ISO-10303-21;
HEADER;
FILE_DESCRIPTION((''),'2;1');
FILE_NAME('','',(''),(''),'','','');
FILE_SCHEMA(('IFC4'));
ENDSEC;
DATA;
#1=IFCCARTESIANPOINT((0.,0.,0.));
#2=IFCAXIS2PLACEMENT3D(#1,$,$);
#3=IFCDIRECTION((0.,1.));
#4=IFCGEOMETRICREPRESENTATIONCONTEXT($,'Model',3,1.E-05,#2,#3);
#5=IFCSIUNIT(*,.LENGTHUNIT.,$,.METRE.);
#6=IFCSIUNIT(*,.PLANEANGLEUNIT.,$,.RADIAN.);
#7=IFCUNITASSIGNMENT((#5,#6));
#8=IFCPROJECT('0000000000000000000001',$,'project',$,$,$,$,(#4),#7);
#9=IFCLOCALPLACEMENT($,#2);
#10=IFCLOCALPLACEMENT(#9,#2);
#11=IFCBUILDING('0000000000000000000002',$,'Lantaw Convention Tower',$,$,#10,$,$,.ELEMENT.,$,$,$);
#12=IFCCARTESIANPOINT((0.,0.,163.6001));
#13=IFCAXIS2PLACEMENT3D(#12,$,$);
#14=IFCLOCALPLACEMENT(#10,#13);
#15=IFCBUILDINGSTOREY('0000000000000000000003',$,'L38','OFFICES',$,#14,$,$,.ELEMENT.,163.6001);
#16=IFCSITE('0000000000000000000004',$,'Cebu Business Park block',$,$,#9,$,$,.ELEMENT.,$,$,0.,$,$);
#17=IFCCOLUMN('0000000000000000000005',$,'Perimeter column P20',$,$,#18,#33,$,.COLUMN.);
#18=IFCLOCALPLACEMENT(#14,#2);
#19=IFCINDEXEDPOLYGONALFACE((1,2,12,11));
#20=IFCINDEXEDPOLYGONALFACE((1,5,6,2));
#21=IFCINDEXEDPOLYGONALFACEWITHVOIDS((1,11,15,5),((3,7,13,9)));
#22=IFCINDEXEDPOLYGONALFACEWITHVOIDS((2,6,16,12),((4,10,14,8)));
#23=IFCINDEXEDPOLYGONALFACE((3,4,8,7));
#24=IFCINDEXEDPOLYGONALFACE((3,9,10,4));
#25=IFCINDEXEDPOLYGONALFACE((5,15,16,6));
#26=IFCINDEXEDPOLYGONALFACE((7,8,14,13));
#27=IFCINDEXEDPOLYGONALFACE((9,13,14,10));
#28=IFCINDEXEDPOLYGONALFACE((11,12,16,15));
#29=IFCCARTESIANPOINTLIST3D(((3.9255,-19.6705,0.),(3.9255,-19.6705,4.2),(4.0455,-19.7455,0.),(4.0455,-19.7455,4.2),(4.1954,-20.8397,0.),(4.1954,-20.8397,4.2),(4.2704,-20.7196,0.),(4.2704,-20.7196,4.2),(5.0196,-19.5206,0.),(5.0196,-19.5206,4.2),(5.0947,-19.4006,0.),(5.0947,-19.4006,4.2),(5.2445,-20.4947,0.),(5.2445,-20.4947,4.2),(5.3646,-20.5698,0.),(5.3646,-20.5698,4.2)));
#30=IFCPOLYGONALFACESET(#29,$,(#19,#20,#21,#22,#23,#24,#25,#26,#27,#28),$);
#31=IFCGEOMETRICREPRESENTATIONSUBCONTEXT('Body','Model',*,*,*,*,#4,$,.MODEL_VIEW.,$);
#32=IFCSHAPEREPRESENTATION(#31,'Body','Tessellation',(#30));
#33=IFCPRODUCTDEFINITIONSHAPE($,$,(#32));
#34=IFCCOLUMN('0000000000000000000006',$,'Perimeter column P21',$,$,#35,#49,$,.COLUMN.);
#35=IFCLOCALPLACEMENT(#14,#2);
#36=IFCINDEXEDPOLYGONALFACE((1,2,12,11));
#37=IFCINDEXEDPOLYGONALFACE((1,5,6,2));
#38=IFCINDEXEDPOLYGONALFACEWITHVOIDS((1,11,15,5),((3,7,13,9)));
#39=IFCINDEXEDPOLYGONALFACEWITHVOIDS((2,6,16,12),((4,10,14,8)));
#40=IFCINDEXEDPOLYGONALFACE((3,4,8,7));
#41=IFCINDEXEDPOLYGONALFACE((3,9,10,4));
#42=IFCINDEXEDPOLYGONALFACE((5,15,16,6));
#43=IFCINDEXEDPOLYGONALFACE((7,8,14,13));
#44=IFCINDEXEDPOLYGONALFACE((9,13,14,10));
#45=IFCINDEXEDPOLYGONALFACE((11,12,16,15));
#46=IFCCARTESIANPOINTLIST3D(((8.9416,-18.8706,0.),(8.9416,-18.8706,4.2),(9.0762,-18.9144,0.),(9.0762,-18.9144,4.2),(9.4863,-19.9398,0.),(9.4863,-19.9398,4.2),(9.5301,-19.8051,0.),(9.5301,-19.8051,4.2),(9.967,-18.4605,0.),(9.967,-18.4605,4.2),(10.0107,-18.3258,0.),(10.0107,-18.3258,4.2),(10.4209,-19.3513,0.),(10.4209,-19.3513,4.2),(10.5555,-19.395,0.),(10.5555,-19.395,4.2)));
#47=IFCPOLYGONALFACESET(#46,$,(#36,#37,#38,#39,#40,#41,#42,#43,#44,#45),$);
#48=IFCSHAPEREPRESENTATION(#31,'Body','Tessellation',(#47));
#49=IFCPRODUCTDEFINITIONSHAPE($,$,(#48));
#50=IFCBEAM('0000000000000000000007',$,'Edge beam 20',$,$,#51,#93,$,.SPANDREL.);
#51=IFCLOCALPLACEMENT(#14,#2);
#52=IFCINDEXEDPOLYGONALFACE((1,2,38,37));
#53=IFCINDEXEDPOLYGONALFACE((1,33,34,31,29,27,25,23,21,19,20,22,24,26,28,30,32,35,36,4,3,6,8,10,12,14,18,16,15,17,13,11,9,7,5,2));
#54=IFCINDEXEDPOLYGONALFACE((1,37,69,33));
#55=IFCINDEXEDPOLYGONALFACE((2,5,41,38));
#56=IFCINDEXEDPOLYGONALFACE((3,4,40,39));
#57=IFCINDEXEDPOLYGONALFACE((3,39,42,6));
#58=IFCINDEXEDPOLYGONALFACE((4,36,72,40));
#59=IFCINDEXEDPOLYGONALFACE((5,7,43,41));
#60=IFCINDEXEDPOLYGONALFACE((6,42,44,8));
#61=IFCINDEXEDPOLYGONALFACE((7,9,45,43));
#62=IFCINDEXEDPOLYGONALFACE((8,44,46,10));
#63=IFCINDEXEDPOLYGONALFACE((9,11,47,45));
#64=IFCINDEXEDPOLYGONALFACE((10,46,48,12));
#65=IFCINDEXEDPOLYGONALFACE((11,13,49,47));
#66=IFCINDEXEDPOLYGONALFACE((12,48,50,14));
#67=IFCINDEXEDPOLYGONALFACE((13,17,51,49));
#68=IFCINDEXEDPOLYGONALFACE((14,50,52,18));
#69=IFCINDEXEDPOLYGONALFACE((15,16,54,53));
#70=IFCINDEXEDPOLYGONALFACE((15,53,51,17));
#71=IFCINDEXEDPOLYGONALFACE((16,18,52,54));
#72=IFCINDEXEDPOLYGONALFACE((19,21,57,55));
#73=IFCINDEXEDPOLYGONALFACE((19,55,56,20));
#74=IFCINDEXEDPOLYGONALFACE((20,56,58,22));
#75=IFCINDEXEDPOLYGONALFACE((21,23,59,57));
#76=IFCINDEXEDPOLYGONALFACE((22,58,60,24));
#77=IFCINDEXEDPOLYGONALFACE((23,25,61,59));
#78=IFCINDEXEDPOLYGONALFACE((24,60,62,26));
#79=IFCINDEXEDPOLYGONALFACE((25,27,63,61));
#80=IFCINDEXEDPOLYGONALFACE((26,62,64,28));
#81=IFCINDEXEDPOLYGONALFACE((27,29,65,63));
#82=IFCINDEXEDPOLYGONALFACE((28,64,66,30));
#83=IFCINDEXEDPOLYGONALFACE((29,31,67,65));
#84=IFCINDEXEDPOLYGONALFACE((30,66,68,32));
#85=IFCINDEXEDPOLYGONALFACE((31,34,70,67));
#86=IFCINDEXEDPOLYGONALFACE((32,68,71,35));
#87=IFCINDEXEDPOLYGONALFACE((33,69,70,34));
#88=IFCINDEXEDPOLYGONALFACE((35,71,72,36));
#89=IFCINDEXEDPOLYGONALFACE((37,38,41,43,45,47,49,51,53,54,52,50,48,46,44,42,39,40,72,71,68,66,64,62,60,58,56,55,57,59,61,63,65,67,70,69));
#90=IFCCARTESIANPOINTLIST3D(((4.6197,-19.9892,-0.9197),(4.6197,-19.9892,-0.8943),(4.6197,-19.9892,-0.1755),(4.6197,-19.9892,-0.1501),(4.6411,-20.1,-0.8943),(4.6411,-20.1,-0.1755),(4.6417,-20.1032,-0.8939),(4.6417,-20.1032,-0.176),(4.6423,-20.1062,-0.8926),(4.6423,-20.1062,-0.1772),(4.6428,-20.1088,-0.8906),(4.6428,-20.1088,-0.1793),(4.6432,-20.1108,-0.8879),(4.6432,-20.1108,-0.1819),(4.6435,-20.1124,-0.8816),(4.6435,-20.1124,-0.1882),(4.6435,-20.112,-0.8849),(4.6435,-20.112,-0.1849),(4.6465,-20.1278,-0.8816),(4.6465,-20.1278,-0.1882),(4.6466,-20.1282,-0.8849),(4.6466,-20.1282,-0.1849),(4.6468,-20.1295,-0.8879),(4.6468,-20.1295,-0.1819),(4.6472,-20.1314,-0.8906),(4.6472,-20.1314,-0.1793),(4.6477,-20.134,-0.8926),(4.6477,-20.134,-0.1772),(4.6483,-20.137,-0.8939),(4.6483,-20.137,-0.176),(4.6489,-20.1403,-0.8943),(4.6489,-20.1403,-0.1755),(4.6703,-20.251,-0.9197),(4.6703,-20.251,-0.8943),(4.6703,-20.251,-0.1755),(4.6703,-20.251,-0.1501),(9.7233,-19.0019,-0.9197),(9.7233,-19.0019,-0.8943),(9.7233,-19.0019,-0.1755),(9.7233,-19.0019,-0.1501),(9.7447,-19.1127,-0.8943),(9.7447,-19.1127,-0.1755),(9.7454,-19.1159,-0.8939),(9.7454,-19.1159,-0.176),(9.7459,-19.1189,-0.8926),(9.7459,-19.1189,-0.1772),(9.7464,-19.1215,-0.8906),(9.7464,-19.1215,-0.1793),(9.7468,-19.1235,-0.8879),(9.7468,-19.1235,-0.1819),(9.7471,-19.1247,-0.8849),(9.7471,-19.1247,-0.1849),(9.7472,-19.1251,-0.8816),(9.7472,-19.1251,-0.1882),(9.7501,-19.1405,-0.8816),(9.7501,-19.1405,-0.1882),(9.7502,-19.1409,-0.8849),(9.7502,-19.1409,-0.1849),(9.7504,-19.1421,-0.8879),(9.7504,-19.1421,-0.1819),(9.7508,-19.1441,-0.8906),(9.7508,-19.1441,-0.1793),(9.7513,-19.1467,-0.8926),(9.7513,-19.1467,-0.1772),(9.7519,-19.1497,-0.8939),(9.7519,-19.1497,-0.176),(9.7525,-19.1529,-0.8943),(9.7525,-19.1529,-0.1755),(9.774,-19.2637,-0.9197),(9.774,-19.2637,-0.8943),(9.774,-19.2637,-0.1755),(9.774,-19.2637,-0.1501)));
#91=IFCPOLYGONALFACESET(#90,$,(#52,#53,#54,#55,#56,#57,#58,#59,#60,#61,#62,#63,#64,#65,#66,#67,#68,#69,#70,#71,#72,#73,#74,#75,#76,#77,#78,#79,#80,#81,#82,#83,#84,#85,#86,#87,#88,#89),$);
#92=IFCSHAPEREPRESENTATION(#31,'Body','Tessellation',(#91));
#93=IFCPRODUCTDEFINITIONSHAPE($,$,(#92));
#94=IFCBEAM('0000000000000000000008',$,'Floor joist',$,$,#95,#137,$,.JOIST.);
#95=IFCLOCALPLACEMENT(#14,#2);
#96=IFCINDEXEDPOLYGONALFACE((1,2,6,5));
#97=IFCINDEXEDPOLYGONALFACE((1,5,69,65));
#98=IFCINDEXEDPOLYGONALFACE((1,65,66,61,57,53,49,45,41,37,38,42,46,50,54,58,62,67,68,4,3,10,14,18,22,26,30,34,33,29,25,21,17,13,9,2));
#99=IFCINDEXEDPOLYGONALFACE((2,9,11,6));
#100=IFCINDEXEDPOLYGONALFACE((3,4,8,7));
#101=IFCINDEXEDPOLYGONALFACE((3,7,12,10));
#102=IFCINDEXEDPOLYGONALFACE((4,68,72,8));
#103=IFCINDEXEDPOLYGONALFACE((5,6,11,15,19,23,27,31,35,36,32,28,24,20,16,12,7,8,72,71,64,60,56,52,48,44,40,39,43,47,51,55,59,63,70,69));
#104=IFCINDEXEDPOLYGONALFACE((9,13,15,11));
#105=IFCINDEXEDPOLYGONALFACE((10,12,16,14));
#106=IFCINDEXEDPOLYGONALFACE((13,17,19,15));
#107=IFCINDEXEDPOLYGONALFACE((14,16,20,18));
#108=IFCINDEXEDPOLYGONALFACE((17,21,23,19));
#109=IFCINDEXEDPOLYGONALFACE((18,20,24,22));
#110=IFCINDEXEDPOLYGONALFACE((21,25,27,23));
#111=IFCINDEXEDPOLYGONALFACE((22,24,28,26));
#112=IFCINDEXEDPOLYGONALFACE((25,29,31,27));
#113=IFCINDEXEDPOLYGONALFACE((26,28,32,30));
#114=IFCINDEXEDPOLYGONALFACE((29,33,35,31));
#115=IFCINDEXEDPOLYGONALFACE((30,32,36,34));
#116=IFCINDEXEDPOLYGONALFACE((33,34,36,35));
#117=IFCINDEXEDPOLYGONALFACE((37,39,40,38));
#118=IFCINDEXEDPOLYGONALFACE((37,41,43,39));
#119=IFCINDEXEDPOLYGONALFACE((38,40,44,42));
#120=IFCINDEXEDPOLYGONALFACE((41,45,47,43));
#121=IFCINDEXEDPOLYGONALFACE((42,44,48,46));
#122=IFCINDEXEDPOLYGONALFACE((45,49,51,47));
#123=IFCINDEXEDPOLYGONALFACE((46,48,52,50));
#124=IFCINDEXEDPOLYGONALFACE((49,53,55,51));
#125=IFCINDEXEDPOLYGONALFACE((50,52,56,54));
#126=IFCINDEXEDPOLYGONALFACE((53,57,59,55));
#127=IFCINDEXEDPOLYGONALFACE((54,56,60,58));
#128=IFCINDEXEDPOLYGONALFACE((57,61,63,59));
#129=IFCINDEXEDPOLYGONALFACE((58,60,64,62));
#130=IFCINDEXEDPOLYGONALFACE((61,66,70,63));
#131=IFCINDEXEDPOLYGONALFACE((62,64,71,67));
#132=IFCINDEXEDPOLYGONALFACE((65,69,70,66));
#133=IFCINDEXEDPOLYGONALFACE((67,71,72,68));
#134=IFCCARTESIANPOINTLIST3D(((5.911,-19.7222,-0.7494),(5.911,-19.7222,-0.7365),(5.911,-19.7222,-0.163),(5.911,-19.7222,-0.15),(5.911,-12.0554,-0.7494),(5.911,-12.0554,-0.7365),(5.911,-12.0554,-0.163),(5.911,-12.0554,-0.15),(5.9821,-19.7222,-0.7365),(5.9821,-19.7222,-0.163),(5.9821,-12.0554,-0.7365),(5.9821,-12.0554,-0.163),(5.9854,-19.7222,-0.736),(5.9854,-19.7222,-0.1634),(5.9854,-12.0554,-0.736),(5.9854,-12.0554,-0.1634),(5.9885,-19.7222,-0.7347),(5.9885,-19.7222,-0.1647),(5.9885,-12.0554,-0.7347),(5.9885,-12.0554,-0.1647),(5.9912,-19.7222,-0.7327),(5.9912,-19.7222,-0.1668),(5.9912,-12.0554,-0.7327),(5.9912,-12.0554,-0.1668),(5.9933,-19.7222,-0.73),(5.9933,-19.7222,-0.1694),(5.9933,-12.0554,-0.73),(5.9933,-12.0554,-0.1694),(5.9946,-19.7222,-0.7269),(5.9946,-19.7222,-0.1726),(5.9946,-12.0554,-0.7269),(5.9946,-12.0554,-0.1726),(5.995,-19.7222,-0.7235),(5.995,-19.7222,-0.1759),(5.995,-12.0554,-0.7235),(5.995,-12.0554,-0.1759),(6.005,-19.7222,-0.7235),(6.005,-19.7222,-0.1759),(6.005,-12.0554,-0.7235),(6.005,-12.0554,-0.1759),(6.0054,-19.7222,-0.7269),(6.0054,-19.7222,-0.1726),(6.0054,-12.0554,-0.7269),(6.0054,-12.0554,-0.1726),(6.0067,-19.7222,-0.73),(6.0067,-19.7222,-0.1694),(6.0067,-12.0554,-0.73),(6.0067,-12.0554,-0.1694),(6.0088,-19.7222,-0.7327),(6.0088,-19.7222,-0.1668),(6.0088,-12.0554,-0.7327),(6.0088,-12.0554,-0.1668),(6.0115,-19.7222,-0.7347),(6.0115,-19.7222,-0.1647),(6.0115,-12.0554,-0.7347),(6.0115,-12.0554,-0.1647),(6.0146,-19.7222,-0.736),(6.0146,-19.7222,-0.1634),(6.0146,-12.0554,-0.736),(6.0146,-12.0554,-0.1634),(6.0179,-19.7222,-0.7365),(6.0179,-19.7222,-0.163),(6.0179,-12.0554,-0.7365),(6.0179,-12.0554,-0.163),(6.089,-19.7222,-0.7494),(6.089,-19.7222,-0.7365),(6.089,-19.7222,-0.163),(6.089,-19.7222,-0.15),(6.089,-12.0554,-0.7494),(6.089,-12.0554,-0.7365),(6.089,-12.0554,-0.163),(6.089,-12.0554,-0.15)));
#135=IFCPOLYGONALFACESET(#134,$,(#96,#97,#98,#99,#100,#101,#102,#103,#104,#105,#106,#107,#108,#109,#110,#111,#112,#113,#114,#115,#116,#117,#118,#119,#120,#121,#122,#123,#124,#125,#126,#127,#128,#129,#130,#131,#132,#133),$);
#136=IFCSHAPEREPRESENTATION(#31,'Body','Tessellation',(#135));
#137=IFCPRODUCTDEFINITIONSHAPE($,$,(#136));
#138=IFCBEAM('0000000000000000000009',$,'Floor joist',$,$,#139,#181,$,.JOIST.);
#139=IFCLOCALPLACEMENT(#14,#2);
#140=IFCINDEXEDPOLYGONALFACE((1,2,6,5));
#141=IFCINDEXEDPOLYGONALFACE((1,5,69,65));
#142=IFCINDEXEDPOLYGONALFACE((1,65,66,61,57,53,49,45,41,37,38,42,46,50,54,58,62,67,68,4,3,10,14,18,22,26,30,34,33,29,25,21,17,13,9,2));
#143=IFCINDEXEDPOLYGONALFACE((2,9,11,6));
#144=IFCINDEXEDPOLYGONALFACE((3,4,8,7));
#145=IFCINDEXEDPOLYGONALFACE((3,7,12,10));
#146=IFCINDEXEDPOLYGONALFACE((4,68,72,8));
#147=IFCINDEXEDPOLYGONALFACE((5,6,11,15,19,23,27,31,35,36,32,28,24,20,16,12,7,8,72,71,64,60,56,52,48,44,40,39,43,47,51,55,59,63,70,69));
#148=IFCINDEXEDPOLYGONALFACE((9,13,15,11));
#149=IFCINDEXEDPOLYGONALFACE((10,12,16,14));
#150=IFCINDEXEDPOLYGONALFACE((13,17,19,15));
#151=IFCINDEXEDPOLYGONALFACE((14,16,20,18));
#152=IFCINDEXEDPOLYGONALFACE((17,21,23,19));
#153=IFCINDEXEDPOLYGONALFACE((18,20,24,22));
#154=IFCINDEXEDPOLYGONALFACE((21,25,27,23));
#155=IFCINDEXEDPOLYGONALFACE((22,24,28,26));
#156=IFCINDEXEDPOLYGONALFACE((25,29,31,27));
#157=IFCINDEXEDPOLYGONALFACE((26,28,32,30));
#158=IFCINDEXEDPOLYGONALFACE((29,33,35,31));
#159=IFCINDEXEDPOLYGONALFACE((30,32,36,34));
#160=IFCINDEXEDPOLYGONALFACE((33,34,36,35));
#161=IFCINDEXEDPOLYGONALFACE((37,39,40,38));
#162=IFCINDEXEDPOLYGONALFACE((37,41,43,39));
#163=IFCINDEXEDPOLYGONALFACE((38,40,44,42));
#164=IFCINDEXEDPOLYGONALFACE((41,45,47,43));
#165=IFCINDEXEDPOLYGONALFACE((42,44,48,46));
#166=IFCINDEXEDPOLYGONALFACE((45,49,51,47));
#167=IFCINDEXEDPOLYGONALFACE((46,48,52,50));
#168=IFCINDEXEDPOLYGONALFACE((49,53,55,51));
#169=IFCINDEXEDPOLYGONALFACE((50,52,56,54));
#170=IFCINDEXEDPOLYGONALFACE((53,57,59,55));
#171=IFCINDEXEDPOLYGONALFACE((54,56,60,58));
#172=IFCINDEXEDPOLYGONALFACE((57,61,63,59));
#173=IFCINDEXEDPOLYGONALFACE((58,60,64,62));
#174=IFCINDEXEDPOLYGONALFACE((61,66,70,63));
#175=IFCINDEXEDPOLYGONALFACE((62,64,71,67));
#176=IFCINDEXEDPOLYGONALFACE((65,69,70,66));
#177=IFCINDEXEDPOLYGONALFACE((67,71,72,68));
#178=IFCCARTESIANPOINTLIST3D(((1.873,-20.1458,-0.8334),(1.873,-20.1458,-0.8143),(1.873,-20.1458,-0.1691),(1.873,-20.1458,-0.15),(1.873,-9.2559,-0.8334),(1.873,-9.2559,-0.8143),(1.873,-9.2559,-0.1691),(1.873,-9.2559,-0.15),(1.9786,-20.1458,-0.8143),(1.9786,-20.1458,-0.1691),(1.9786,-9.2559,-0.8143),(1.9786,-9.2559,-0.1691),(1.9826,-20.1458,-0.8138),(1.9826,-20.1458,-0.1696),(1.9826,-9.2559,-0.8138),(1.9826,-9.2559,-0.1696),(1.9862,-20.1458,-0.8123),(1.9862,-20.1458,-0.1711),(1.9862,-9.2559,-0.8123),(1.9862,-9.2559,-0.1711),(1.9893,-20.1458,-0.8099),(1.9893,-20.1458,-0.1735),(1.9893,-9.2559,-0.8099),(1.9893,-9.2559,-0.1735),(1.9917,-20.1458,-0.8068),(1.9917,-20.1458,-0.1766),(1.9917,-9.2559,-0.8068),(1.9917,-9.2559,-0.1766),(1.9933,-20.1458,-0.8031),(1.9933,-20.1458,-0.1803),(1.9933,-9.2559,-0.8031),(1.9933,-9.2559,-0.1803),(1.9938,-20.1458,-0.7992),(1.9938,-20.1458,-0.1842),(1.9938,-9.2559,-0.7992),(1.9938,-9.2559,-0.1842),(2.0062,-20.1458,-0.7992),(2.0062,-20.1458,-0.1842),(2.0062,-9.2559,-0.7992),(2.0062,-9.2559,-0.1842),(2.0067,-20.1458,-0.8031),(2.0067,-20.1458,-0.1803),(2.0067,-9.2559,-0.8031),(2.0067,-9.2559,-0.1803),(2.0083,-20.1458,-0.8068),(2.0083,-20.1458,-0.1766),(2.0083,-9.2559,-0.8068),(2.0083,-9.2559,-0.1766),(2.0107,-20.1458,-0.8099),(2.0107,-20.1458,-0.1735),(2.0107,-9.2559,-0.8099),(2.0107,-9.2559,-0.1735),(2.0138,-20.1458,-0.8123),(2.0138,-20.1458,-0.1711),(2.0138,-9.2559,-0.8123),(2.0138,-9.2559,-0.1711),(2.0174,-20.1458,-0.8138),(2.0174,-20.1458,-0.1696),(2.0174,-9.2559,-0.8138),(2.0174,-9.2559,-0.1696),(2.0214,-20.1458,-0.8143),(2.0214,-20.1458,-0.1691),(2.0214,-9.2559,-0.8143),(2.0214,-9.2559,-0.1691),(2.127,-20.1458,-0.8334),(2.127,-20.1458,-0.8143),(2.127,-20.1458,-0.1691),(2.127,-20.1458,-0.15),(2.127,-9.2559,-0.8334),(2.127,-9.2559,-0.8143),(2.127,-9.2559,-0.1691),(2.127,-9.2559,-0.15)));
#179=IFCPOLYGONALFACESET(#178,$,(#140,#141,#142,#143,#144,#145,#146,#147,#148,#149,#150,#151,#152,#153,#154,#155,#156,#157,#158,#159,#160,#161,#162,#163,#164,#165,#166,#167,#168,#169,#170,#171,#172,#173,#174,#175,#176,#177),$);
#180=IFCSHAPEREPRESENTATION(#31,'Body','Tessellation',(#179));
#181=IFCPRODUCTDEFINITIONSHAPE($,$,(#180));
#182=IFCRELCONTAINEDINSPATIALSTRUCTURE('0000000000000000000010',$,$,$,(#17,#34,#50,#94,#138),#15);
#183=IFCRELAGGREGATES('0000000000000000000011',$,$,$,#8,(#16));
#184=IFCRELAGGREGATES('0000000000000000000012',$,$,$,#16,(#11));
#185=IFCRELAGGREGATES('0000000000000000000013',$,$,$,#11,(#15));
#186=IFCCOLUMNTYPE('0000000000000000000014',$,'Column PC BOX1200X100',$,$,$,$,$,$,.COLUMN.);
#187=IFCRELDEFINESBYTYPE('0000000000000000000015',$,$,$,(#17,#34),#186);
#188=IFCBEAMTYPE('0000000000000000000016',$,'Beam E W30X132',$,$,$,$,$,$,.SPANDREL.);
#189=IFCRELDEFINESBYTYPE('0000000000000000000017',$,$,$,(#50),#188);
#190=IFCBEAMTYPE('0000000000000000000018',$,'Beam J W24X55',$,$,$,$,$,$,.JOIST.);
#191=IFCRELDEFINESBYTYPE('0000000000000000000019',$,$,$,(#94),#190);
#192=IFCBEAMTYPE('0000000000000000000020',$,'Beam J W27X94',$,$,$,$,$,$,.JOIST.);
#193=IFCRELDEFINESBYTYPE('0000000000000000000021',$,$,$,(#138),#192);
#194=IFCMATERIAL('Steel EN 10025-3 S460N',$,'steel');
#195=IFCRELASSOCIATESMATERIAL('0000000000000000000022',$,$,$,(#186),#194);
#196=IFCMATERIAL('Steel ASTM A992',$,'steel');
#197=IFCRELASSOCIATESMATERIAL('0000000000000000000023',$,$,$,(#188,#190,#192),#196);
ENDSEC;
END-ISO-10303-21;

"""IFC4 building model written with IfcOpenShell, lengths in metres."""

from ifc_helpers import new_model, si_unit, direction, frame, origin, origin_2d, place, context, subcontext, project, spatial, rectangle, hollow_rectangle, i_section, extrude, material, material_profile, profile_set, type_object, element, save


model = new_model("IFC4")

# Units and contexts
model_context = context("Model", 3, precision=1e-05, world=origin(), true_north=direction((0.0, 1.0)))
body_context = subcontext(model_context, "Body", "Model", "MODEL_VIEW")
ifc_project = project(units=[si_unit("LENGTHUNIT", "METRE"), si_unit("PLANEANGLEUNIT", "RADIAN")], contexts=[model_context])

# Site, building, storey
site_placement = place(None, origin())
site = spatial("IfcSite", under=ifc_project, at=site_placement, Name="Cebu Business Park block", CompositionType="ELEMENT", RefElevation=0.0)
building_placement = place(site_placement, origin())
building = spatial("IfcBuilding", under=site, at=building_placement, Name="Lantaw Convention Tower", CompositionType="ELEMENT")
storey_placement = place(building_placement, frame((0.0, 0.0, 163.6001)))
storey = spatial("IfcBuildingStorey", under=building, at=storey_placement, Name="L38", Description="OFFICES", CompositionType="ELEMENT", Elevation=163.6001)

# Columns
ifc_material_1 = material(Name="Steel EN 10025-3 S460N", Category="steel")
ifc_material_profile_1 = material_profile(ifc_material_1, hollow_rectangle(XDim=1.2, YDim=1.2, WallThickness=0.1001, at=origin_2d()), Name="BOX1200X100")
ifc_material_2 = material(Name="Concrete C60/75", Category="concrete")
ifc_material_profile_2 = material_profile(ifc_material_2, rectangle(XDim=1.0, YDim=1.0, at=origin_2d()), Name="Concrete fill of BOX1200X100")
ifc_profile_set_1 = profile_set([ifc_material_profile_1, ifc_material_profile_2], Name="Steel EN 10025-3 S460N")
column_type = type_object("IfcColumnType", Name="Column PC BOX1200X100", PredefinedType="COLUMN", material=ifc_profile_set_1)
for number, where, z_axis, x_axis, name in (
    (1, (4.645, -20.1201, 0.0), (0.0, 0.0, 1.0), (0.97437, 0.224951, 0.0), "Perimeter column P20"),
    (2, (9.7485, -19.1328, 0.0), (0.0, 0.0, 1.0), (0.891007, 0.45399, 0.0), "Perimeter column P21"),
):
    element("IfcColumn", number, at=place(storey_placement, frame(where, z_axis=z_axis, x_axis=x_axis)), inside=storey, type_object=column_type, Name=name, PredefinedType="COLUMN", context=body_context, shape_type="SweptSolid", body=[
        extrude(hollow_rectangle(XDim=1.2, YDim=1.2, WallThickness=0.1001, at=origin_2d()), origin(), (0.0, 0.0, 1.0), 4.2),
    ])

# Beams
ifc_material_3 = material(Name="Steel ASTM A992", Category="steel")
ifc_material_profile_3 = material_profile(ifc_material_3, i_section(OverallWidth=0.2666, OverallDepth=0.7695, WebThickness=0.0156, FlangeThickness=0.0254, FilletRadius=0.0127, at=origin_2d()), Name="W30X132")
ifc_profile_set_2 = profile_set([ifc_material_profile_3], Name="Steel ASTM A992")
beam_type_1 = type_object("IfcBeamType", Name="Beam E W30X132", PredefinedType="SPANDREL", material=ifc_profile_set_2)
beam_1_placement = place(storey_placement, frame((4.645, -20.1201, -0.5349), z_axis=(0.981797, 0.189934, 0.0), x_axis=(-0.189934, 0.981797, 0.0)))
element("IfcBeam", 3, at=beam_1_placement, inside=storey, type_object=beam_type_1, Name="Edge beam 20", PredefinedType="SPANDREL", context=body_context, shape_type="SweptSolid", body=[
    extrude(i_section(OverallWidth=0.2666, OverallDepth=0.7695, WebThickness=0.0156, FlangeThickness=0.0254, FilletRadius=0.0127, at=origin_2d()), origin(), (0.0, 0.0, 1.0), 5.1982),
])
ifc_material_profile_4 = material_profile(ifc_material_3, i_section(OverallWidth=0.178, OverallDepth=0.5994, WebThickness=0.01, FlangeThickness=0.0129, FilletRadius=0.0129, at=origin_2d()), Name="W24X55")
ifc_profile_set_3 = profile_set([ifc_material_profile_4], Name="Steel ASTM A992")
beam_type_2 = type_object("IfcBeamType", Name="Beam J W24X55", PredefinedType="JOIST", material=ifc_profile_set_3)
beam_2_placement = place(storey_placement, frame((6.0, -19.7222, -0.4497), z_axis=(0.0, 1.0, 0.0), x_axis=(-1.0, 0.0, 0.0)))
element("IfcBeam", 4, at=beam_2_placement, inside=storey, type_object=beam_type_2, Name="Floor joist", PredefinedType="JOIST", context=body_context, shape_type="SweptSolid", body=[
    extrude(i_section(OverallWidth=0.178, OverallDepth=0.5994, WebThickness=0.01, FlangeThickness=0.0129, FilletRadius=0.0129, at=origin_2d()), origin(), (0.0, 0.0, 1.0), 7.6667),
])
ifc_material_profile_5 = material_profile(ifc_material_3, i_section(OverallWidth=0.2539, OverallDepth=0.6833, WebThickness=0.0125, FlangeThickness=0.019, FilletRadius=0.0151, at=origin_2d()), Name="W27X94")
ifc_profile_set_4 = profile_set([ifc_material_profile_5], Name="Steel ASTM A992")
beam_type_3 = type_object("IfcBeamType", Name="Beam J W27X94", PredefinedType="JOIST", material=ifc_profile_set_4)
beam_3_placement = place(storey_placement, frame((2.0, -20.1458, -0.4917), z_axis=(0.0, 1.0, 0.0), x_axis=(-1.0, 0.0, 0.0)))
element("IfcBeam", 5, at=beam_3_placement, inside=storey, type_object=beam_type_3, Name="Floor joist", PredefinedType="JOIST", context=body_context, shape_type="SweptSolid", body=[
    extrude(i_section(OverallWidth=0.2539, OverallDepth=0.6833, WebThickness=0.0125, FlangeThickness=0.019, FilletRadius=0.0151, at=origin_2d()), origin(), (0.0, 0.0, 1.0), 10.8899),
])

save(model, "model.ifc")
